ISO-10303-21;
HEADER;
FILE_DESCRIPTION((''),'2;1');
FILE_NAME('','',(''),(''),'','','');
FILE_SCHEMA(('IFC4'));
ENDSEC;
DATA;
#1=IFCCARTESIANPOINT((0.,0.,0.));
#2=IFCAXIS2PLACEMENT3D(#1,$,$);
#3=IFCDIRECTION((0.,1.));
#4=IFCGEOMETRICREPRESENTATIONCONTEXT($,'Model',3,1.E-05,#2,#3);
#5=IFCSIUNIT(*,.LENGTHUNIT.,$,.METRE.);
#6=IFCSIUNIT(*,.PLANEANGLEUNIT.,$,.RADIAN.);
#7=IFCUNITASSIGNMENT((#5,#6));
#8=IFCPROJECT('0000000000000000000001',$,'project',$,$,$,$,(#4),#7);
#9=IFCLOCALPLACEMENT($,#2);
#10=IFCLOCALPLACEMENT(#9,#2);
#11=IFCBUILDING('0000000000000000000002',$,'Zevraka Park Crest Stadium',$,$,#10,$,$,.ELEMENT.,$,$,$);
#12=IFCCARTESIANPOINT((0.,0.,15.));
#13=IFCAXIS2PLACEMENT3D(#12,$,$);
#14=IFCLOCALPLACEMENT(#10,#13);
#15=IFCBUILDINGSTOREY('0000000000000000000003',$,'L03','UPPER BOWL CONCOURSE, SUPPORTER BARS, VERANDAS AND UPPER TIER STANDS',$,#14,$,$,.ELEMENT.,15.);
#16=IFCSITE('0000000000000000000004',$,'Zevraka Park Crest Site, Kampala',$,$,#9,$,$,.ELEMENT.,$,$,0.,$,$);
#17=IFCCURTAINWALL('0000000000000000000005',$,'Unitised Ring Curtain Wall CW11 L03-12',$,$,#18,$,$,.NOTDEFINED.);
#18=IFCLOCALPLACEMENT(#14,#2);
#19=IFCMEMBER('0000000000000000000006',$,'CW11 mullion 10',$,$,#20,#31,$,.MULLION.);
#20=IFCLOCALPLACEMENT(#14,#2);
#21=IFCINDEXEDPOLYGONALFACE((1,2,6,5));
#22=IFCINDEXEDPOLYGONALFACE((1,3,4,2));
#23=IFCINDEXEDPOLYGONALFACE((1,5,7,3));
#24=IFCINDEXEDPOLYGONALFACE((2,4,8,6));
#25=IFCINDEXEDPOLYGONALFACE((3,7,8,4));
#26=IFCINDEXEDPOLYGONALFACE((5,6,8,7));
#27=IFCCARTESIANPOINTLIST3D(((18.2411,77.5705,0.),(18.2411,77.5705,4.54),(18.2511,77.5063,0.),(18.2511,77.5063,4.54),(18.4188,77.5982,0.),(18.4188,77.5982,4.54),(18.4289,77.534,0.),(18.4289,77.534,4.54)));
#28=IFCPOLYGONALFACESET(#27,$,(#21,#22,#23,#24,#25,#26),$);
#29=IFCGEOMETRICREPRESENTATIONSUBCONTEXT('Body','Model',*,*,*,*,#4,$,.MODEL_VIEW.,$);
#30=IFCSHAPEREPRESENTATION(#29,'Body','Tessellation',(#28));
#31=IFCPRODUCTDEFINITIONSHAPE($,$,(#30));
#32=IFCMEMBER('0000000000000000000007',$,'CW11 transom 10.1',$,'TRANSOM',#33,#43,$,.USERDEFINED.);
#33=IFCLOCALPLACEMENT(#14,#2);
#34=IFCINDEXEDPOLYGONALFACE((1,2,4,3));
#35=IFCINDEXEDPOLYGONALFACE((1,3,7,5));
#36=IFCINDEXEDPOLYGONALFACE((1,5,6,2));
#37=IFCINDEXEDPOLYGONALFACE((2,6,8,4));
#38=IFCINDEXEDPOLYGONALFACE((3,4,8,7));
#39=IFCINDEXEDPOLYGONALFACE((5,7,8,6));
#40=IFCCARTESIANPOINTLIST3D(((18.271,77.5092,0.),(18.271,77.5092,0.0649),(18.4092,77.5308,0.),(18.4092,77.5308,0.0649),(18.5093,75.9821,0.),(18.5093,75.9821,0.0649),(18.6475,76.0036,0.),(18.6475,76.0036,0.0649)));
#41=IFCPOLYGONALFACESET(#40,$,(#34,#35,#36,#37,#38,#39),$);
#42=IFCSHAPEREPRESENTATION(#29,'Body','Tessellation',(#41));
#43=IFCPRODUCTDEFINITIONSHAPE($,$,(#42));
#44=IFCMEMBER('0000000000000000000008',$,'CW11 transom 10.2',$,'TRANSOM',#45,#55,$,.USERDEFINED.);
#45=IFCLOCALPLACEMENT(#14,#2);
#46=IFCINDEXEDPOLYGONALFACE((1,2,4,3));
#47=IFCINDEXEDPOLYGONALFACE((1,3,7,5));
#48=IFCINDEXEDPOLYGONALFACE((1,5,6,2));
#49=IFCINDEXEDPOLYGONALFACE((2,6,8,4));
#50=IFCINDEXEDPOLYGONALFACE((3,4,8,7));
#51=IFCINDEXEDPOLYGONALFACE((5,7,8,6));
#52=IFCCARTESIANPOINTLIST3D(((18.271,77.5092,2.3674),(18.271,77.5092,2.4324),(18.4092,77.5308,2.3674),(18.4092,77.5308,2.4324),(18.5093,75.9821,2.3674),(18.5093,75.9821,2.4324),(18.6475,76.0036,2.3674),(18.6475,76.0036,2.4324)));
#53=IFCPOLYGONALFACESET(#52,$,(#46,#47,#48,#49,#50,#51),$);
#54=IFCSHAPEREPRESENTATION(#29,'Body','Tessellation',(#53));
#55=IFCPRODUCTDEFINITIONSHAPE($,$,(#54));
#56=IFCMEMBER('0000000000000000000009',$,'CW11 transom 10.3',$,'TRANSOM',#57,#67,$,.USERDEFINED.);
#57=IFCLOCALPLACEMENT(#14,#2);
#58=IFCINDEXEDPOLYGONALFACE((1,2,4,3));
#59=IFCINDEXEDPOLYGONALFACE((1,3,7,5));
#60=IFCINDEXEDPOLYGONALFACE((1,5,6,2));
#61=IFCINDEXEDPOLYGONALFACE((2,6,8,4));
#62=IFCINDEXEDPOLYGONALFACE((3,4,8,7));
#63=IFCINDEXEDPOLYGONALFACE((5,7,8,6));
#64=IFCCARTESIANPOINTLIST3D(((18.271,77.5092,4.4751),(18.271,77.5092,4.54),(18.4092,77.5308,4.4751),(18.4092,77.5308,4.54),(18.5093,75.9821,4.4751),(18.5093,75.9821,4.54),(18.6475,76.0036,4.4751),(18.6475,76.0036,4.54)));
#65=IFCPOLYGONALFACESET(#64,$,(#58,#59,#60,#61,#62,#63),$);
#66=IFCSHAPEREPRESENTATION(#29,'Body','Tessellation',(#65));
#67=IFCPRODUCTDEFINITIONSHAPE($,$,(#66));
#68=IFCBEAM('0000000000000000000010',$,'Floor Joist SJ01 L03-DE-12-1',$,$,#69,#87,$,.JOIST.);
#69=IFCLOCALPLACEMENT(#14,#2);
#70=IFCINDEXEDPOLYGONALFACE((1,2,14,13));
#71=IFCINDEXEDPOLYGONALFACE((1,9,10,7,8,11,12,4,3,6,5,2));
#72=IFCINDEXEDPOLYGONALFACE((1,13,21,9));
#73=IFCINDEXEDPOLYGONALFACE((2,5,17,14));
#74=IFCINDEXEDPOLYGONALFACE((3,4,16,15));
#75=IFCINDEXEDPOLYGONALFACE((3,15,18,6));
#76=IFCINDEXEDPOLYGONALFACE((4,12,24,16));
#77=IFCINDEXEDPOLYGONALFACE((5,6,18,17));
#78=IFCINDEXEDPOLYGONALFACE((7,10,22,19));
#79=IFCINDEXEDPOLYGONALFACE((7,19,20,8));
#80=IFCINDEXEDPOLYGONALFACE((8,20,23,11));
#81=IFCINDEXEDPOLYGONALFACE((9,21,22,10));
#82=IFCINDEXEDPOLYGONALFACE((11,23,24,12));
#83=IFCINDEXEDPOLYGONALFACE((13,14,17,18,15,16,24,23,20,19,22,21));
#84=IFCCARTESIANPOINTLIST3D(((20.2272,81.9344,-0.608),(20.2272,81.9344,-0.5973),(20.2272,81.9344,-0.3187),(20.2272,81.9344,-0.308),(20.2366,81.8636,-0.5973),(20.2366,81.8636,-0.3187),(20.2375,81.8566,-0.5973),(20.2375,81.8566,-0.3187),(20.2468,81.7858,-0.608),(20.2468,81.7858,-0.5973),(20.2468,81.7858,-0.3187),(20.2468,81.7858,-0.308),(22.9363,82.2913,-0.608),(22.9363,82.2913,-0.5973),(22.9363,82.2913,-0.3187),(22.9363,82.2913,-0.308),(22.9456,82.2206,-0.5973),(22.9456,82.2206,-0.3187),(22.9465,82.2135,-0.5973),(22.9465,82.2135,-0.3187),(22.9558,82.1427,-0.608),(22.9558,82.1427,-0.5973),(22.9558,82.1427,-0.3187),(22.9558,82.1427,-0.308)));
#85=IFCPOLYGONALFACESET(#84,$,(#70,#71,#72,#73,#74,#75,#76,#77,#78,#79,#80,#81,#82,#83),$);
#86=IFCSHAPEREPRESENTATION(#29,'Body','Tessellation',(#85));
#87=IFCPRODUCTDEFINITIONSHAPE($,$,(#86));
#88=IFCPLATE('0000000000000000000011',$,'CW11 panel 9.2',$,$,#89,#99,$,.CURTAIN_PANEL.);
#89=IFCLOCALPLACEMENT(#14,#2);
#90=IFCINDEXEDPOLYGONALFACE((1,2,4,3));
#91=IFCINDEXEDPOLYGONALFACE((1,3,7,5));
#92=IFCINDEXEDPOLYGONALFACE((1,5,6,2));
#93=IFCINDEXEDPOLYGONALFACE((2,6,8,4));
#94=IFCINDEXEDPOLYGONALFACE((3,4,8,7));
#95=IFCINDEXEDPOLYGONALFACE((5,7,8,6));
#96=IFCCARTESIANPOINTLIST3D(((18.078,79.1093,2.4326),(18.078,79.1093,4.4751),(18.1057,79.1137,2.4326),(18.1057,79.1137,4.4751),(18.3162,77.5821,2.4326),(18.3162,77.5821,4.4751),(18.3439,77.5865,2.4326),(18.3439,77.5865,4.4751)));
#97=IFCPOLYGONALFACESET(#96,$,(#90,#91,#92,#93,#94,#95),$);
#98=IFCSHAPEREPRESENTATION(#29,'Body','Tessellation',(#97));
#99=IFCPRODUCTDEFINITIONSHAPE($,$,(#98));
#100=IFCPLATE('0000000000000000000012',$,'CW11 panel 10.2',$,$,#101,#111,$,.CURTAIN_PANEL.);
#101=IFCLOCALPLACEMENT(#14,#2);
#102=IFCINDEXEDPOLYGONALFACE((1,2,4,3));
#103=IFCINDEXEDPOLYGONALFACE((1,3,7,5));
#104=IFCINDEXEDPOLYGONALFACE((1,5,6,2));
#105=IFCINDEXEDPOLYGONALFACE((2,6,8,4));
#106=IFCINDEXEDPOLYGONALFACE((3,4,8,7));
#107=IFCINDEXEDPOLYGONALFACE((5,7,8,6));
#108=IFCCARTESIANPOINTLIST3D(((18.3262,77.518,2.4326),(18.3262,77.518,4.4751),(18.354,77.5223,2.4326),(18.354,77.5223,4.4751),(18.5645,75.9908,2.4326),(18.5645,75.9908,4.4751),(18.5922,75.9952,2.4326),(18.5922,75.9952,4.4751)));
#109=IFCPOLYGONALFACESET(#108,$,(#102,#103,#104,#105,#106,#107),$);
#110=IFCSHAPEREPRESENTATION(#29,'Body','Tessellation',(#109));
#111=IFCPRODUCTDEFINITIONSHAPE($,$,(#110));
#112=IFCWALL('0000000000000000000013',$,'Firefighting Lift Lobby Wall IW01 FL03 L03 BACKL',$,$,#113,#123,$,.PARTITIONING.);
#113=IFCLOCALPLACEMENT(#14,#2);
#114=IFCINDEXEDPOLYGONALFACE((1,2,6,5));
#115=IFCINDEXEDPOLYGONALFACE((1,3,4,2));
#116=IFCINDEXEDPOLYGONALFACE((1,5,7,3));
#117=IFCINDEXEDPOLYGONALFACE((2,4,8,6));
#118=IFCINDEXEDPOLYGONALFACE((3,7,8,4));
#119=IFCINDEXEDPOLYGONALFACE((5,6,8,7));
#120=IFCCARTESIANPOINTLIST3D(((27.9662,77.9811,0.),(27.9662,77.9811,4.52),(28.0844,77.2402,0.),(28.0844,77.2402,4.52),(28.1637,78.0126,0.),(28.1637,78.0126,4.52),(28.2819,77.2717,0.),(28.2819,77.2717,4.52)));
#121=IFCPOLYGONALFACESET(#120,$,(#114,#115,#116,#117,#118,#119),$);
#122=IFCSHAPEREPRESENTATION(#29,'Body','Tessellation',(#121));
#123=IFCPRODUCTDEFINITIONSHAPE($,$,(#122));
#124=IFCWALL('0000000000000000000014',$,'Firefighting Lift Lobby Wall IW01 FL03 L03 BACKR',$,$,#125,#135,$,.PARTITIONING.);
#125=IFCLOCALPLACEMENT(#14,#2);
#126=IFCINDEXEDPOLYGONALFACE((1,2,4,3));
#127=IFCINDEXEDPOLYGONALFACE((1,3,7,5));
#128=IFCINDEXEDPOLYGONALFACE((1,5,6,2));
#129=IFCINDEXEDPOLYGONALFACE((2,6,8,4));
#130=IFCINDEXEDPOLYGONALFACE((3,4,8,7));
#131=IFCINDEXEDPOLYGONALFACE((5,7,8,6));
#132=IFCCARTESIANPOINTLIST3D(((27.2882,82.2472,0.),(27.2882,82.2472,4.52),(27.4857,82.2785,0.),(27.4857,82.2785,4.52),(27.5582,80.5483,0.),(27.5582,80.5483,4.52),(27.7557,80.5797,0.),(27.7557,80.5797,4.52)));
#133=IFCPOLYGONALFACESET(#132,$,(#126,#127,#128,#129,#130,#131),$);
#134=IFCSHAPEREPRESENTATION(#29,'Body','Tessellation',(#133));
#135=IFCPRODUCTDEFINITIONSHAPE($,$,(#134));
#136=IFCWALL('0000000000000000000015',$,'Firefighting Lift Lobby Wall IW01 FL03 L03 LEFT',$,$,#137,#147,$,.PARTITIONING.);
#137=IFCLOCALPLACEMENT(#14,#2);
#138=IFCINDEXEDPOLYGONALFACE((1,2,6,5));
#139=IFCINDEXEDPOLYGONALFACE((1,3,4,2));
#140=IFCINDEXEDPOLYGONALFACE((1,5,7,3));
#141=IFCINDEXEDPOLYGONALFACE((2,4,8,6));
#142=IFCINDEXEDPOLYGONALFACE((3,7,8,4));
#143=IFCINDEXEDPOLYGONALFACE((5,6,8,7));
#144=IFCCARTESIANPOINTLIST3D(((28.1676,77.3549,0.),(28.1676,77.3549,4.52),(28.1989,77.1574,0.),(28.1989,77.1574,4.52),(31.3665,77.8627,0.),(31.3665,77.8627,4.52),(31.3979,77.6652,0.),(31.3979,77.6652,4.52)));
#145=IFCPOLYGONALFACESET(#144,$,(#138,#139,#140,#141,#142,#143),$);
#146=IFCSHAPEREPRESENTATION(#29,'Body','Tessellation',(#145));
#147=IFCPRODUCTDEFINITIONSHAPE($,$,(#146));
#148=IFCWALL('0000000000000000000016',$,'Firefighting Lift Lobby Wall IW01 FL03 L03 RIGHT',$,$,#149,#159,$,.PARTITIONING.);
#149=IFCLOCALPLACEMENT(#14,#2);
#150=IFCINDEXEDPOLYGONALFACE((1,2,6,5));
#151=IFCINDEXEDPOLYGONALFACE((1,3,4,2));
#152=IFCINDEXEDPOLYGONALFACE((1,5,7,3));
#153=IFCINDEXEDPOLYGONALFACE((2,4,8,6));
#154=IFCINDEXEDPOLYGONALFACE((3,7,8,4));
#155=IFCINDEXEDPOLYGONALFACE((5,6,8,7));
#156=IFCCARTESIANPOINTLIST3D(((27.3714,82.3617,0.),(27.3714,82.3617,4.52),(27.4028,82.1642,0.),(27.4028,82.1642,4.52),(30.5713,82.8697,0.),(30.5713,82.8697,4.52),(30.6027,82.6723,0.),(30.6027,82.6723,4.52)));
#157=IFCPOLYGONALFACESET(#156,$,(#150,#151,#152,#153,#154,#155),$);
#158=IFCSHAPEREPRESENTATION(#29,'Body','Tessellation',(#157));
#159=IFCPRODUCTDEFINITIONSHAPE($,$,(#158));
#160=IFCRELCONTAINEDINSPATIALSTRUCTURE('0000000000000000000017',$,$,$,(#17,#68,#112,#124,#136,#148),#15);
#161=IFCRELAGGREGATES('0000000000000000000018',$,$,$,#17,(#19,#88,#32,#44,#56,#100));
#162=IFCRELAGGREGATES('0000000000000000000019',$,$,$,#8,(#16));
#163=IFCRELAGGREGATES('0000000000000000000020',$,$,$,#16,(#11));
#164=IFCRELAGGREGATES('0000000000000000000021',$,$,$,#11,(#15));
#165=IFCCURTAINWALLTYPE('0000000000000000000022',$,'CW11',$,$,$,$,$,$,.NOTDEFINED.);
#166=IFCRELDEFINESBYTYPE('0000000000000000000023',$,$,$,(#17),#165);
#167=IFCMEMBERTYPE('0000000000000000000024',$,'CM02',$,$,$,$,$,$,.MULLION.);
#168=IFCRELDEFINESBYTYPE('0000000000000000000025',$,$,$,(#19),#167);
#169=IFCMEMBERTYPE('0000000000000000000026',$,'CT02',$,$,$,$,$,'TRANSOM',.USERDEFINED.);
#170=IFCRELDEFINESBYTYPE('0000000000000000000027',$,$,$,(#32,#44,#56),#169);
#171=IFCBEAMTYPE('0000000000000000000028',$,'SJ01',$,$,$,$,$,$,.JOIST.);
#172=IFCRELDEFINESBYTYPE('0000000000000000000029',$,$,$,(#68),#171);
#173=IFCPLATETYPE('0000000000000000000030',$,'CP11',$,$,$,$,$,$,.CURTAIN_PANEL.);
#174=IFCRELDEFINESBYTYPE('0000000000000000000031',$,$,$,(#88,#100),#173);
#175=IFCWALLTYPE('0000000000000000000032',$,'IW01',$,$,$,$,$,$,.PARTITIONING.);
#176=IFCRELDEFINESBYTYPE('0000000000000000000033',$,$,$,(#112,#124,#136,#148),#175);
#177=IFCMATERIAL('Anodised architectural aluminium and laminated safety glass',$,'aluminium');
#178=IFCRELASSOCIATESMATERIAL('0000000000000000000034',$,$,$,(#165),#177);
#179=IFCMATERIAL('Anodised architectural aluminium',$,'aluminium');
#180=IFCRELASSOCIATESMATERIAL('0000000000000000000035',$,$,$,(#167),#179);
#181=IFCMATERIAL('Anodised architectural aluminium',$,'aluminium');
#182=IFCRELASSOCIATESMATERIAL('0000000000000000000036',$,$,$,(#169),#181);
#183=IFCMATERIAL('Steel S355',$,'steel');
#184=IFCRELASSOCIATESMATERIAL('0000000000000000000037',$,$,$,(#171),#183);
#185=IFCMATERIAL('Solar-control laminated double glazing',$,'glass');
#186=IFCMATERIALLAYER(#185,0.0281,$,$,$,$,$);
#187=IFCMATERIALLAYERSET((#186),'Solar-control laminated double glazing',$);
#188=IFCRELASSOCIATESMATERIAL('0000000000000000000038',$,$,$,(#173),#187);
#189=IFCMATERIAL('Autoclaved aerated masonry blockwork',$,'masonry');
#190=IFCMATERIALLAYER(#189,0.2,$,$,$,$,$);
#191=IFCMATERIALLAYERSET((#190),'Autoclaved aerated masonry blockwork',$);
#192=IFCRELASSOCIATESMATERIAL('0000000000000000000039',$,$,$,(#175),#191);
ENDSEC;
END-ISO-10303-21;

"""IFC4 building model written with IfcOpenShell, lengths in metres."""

from ifc_helpers import new_model, si_unit, direction, frame, frame_2d, origin, origin_2d, place, context, subcontext, project, spatial, rectangle, i_section, extrude, material, layer, layer_set, material_profile, profile_set, type_object, element, aggregate, save


model = new_model("IFC4")

# Units and contexts
model_context = context("Model", 3, precision=1e-05, world=origin(), true_north=direction((0.0, 1.0)))
body_context = subcontext(model_context, "Body", "Model", "MODEL_VIEW")
ifc_project = project(units=[si_unit("LENGTHUNIT", "METRE"), si_unit("PLANEANGLEUNIT", "RADIAN")], contexts=[model_context])

# Site, building, storey
site_placement = place(None, origin())
site = spatial("IfcSite", under=ifc_project, at=site_placement, Name="Zevraka Park Crest Site, Kampala", CompositionType="ELEMENT", RefElevation=0.0)
building_placement = place(site_placement, origin())
building = spatial("IfcBuilding", under=site, at=building_placement, Name="Zevraka Park Crest Stadium", CompositionType="ELEMENT")
storey_placement = place(building_placement, frame((0.0, 0.0, 15.0)))
storey = spatial("IfcBuildingStorey", under=building, at=storey_placement, Name="L03", Description="UPPER BOWL CONCOURSE, SUPPORTER BARS, VERANDAS AND UPPER TIER STANDS", CompositionType="ELEMENT", Elevation=15.0)

# Curtain wall, members
ifc_material_1 = material(Name="Anodised architectural aluminium and laminated safety glass", Category="aluminium")
curtain_wall_type = type_object("IfcCurtainWallType", Name="CW11", PredefinedType="NOTDEFINED", material=ifc_material_1)
curtain_wall_placement = place(storey_placement, origin())
curtain_wall = element("IfcCurtainWall", 1, at=curtain_wall_placement, inside=storey, type_object=curtain_wall_type, Name="Unitised Ring Curtain Wall CW11 L03-12", PredefinedType="NOTDEFINED")
ifc_material_2 = material(Name="Anodised architectural aluminium", Category="aluminium")
ifc_material_profile_1 = material_profile(ifc_material_2, rectangle(XDim=0.1799, YDim=0.0649, at=origin_2d()), Name="ALU MULLION 180x65")
ifc_profile_set_1 = profile_set([ifc_material_profile_1], Name="Anodised architectural aluminium")
member_type_1 = type_object("IfcMemberType", Name="CM02", PredefinedType="MULLION", material=ifc_profile_set_1)
member_1_placement = place(storey_placement, frame((18.335, 77.5522, 0.0), z_axis=(0.0, 0.0, 1.0), x_axis=(0.988051, 0.154128, 0.0)))
member_1 = element("IfcMember", 2, at=member_1_placement, type_object=member_type_1, Name="CW11 mullion 10", PredefinedType="MULLION", context=body_context, shape_type="SweptSolid", body=[
    extrude(rectangle(XDim=0.1799, YDim=0.0649, at=origin_2d()), origin(), (0.0, 0.0, 1.0), 4.54),
])
ifc_material_3 = material(Name="Anodised architectural aluminium", Category="aluminium")
ifc_material_profile_2 = material_profile(ifc_material_3, rectangle(XDim=0.1399, YDim=0.0649, at=origin_2d()), Name="ALU TRANSOM 140x65")
ifc_profile_set_2 = profile_set([ifc_material_profile_2], Name="Anodised architectural aluminium")
member_type_2 = type_object("IfcMemberType", Name="CT02", ElementType="TRANSOM", PredefinedType="USERDEFINED", material=ifc_profile_set_2)
member_2_placement = place(storey_placement, frame((18.3401, 77.52, 0.0325), z_axis=(0.15417, -0.988044, 0.0), x_axis=(0.988044, 0.15417, 0.0)))
member_2 = element("IfcMember", 3, at=member_2_placement, type_object=member_type_2, Name="CW11 transom 10.1", ObjectType="TRANSOM", PredefinedType="USERDEFINED", context=body_context, shape_type="SweptSolid", body=[
    extrude(rectangle(XDim=0.1399, YDim=0.0649, at=origin_2d()), origin(), (0.0, 0.0, 1.0), 1.5457),
])
member_3_placement = place(storey_placement, frame((18.3401, 77.52, 2.3999), z_axis=(0.15417, -0.988044, 0.0), x_axis=(0.988044, 0.15417, 0.0)))
member_3 = element("IfcMember", 4, at=member_3_placement, type_object=member_type_2, Name="CW11 transom 10.2", ObjectType="TRANSOM", PredefinedType="USERDEFINED", context=body_context, shape_type="SweptSolid", body=[
    extrude(rectangle(XDim=0.1399, YDim=0.0649, at=origin_2d()), origin(), (0.0, 0.0, 1.0), 1.5457),
])
member_4_placement = place(storey_placement, frame((18.3401, 77.52, 4.5076), z_axis=(0.15417, -0.988044, 0.0), x_axis=(0.988044, 0.15417, 0.0)))
member_4 = element("IfcMember", 5, at=member_4_placement, type_object=member_type_2, Name="CW11 transom 10.3", ObjectType="TRANSOM", PredefinedType="USERDEFINED", context=body_context, shape_type="SweptSolid", body=[
    extrude(rectangle(XDim=0.1399, YDim=0.0649, at=origin_2d()), origin(), (0.0, 0.0, 1.0), 1.5457),
])

# Beam
ifc_material_4 = material(Name="Steel S355", Category="steel")
ifc_material_profile_3 = material_profile(ifc_material_4, i_section(OverallWidth=0.1499, OverallDepth=0.3, WebThickness=0.0071, FlangeThickness=0.0107, at=origin_2d()), Name="IPE 300")
ifc_profile_set_3 = profile_set([ifc_material_profile_3], Name="Steel S355")
beam_type = type_object("IfcBeamType", Name="SJ01", PredefinedType="JOIST", material=ifc_profile_set_3)
beam_placement = place(storey_placement, frame((22.946, 82.217, -0.458), z_axis=(-0.991431, -0.13063, 0.0), x_axis=(0.13063, -0.991431, 0.0)))
element("IfcBeam", 6, at=beam_placement, inside=storey, type_object=beam_type, Name="Floor Joist SJ01 L03-DE-12-1", PredefinedType="JOIST", context=body_context, shape_type="SweptSolid", body=[
    extrude(i_section(OverallWidth=0.1499, OverallDepth=0.3, WebThickness=0.0071, FlangeThickness=0.0107, at=origin_2d()), origin(), (0.0, 0.0, 1.0), 2.7324),
])

# Plates
ifc_material_5 = material(Name="Solar-control laminated double glazing", Category="glass")
ifc_layer_1 = layer(ifc_material_5, 0.0281)
ifc_layer_set_1 = layer_set([ifc_layer_1], Name="Solar-control laminated double glazing")
plate_type = type_object("IfcPlateType", Name="CP11", PredefinedType="CURTAIN_PANEL", material=ifc_layer_set_1)
plate_1_placement = place(storey_placement, frame((18.2109, 78.3479, 2.4326), z_axis=(0.0, 0.0, 1.0), x_axis=(0.154128, -0.988051, 0.0)))
plate_1 = element("IfcPlate", 7, at=plate_1_placement, type_object=plate_type, Name="CW11 panel 9.2", PredefinedType="CURTAIN_PANEL", context=body_context, shape_type="SweptSolid", body=[
    extrude(rectangle(XDim=1.5457, YDim=0.0281, at=origin_2d()), origin(), (0.0, 0.0, 1.0), 2.0425),
])
plate_2_placement = place(storey_placement, frame((18.4592, 76.7566, 2.4326), z_axis=(0.0, 0.0, 1.0), x_axis=(0.154128, -0.988051, 0.0)))
plate_2 = element("IfcPlate", 8, at=plate_2_placement, type_object=plate_type, Name="CW11 panel 10.2", PredefinedType="CURTAIN_PANEL", context=body_context, shape_type="SweptSolid", body=[
    extrude(rectangle(XDim=1.5457, YDim=0.0281, at=origin_2d()), origin(), (0.0, 0.0, 1.0), 2.0425),
])
aggregate(curtain_wall, [member_1, plate_1, member_2, member_3, member_4, plate_2])

# Walls
ifc_material_6 = material(Name="Autoclaved aerated masonry blockwork", Category="masonry")
ifc_layer_2 = layer(ifc_material_6, 0.2)
ifc_layer_set_2 = layer_set([ifc_layer_2], Name="Autoclaved aerated masonry blockwork")
wall_type_1 = type_object("IfcWallType", Name="IW01", PredefinedType="PARTITIONING", material=ifc_layer_set_2)
wall_1_placement = place(storey_placement, frame((28.1831, 77.2561, 0.0), z_axis=(0.0, 0.0, 1.0), x_axis=(-0.157483, 0.987522, 0.0)))
element("IfcWall", 9, at=wall_1_placement, inside=storey, type_object=wall_type_1, Name="Firefighting Lift Lobby Wall IW01 FL03 L03 BACKL", PredefinedType="PARTITIONING", context=body_context, shape_type="SweptSolid", body=[
    extrude(rectangle(XDim=0.7502, YDim=0.2, at=frame_2d((0.375, 0.0))), origin(), (0.0, 0.0, 1.0), 4.52),
])
wall_2_placement = place(storey_placement, frame((27.657, 80.564, 0.0), z_axis=(0.0, 0.0, 1.0), x_axis=(-0.156961, 0.987605, 0.0)))
element("IfcWall", 10, at=wall_2_placement, inside=storey, type_object=wall_type_1, Name="Firefighting Lift Lobby Wall IW01 FL03 L03 BACKR", PredefinedType="PARTITIONING", context=body_context, shape_type="SweptSolid", body=[
    extrude(rectangle(XDim=1.7202, YDim=0.2, at=frame_2d((0.8601, 0.0))), origin(), (0.0, 0.0, 1.0), 4.52),
])
wall_3_placement = place(storey_placement, frame((28.1831, 77.2561, 0.0), z_axis=(0.0, 0.0, 1.0), x_axis=(0.987634, 0.156779, 0.0)))
element("IfcWall", 11, at=wall_3_placement, inside=storey, type_object=wall_type_1, Name="Firefighting Lift Lobby Wall IW01 FL03 L03 LEFT", PredefinedType="PARTITIONING", context=body_context, shape_type="SweptSolid", body=[
    extrude(rectangle(XDim=3.239, YDim=0.2, at=frame_2d((1.6196, 0.0))), origin(), (0.0, 0.0, 1.0), 4.52),
])
wall_4_placement = place(storey_placement, frame((27.387, 82.2629, 0.0), z_axis=(0.0, 0.0, 1.0), x_axis=(0.987629, 0.156806, 0.0)))
element("IfcWall", 12, at=wall_4_placement, inside=storey, type_object=wall_type_1, Name="Firefighting Lift Lobby Wall IW01 FL03 L03 RIGHT", PredefinedType="PARTITIONING", context=body_context, shape_type="SweptSolid", body=[
    extrude(rectangle(XDim=3.24, YDim=0.2, at=frame_2d((1.6201, 0.0))), origin(), (0.0, 0.0, 1.0), 4.52),
])

save(model, "model.ifc")
